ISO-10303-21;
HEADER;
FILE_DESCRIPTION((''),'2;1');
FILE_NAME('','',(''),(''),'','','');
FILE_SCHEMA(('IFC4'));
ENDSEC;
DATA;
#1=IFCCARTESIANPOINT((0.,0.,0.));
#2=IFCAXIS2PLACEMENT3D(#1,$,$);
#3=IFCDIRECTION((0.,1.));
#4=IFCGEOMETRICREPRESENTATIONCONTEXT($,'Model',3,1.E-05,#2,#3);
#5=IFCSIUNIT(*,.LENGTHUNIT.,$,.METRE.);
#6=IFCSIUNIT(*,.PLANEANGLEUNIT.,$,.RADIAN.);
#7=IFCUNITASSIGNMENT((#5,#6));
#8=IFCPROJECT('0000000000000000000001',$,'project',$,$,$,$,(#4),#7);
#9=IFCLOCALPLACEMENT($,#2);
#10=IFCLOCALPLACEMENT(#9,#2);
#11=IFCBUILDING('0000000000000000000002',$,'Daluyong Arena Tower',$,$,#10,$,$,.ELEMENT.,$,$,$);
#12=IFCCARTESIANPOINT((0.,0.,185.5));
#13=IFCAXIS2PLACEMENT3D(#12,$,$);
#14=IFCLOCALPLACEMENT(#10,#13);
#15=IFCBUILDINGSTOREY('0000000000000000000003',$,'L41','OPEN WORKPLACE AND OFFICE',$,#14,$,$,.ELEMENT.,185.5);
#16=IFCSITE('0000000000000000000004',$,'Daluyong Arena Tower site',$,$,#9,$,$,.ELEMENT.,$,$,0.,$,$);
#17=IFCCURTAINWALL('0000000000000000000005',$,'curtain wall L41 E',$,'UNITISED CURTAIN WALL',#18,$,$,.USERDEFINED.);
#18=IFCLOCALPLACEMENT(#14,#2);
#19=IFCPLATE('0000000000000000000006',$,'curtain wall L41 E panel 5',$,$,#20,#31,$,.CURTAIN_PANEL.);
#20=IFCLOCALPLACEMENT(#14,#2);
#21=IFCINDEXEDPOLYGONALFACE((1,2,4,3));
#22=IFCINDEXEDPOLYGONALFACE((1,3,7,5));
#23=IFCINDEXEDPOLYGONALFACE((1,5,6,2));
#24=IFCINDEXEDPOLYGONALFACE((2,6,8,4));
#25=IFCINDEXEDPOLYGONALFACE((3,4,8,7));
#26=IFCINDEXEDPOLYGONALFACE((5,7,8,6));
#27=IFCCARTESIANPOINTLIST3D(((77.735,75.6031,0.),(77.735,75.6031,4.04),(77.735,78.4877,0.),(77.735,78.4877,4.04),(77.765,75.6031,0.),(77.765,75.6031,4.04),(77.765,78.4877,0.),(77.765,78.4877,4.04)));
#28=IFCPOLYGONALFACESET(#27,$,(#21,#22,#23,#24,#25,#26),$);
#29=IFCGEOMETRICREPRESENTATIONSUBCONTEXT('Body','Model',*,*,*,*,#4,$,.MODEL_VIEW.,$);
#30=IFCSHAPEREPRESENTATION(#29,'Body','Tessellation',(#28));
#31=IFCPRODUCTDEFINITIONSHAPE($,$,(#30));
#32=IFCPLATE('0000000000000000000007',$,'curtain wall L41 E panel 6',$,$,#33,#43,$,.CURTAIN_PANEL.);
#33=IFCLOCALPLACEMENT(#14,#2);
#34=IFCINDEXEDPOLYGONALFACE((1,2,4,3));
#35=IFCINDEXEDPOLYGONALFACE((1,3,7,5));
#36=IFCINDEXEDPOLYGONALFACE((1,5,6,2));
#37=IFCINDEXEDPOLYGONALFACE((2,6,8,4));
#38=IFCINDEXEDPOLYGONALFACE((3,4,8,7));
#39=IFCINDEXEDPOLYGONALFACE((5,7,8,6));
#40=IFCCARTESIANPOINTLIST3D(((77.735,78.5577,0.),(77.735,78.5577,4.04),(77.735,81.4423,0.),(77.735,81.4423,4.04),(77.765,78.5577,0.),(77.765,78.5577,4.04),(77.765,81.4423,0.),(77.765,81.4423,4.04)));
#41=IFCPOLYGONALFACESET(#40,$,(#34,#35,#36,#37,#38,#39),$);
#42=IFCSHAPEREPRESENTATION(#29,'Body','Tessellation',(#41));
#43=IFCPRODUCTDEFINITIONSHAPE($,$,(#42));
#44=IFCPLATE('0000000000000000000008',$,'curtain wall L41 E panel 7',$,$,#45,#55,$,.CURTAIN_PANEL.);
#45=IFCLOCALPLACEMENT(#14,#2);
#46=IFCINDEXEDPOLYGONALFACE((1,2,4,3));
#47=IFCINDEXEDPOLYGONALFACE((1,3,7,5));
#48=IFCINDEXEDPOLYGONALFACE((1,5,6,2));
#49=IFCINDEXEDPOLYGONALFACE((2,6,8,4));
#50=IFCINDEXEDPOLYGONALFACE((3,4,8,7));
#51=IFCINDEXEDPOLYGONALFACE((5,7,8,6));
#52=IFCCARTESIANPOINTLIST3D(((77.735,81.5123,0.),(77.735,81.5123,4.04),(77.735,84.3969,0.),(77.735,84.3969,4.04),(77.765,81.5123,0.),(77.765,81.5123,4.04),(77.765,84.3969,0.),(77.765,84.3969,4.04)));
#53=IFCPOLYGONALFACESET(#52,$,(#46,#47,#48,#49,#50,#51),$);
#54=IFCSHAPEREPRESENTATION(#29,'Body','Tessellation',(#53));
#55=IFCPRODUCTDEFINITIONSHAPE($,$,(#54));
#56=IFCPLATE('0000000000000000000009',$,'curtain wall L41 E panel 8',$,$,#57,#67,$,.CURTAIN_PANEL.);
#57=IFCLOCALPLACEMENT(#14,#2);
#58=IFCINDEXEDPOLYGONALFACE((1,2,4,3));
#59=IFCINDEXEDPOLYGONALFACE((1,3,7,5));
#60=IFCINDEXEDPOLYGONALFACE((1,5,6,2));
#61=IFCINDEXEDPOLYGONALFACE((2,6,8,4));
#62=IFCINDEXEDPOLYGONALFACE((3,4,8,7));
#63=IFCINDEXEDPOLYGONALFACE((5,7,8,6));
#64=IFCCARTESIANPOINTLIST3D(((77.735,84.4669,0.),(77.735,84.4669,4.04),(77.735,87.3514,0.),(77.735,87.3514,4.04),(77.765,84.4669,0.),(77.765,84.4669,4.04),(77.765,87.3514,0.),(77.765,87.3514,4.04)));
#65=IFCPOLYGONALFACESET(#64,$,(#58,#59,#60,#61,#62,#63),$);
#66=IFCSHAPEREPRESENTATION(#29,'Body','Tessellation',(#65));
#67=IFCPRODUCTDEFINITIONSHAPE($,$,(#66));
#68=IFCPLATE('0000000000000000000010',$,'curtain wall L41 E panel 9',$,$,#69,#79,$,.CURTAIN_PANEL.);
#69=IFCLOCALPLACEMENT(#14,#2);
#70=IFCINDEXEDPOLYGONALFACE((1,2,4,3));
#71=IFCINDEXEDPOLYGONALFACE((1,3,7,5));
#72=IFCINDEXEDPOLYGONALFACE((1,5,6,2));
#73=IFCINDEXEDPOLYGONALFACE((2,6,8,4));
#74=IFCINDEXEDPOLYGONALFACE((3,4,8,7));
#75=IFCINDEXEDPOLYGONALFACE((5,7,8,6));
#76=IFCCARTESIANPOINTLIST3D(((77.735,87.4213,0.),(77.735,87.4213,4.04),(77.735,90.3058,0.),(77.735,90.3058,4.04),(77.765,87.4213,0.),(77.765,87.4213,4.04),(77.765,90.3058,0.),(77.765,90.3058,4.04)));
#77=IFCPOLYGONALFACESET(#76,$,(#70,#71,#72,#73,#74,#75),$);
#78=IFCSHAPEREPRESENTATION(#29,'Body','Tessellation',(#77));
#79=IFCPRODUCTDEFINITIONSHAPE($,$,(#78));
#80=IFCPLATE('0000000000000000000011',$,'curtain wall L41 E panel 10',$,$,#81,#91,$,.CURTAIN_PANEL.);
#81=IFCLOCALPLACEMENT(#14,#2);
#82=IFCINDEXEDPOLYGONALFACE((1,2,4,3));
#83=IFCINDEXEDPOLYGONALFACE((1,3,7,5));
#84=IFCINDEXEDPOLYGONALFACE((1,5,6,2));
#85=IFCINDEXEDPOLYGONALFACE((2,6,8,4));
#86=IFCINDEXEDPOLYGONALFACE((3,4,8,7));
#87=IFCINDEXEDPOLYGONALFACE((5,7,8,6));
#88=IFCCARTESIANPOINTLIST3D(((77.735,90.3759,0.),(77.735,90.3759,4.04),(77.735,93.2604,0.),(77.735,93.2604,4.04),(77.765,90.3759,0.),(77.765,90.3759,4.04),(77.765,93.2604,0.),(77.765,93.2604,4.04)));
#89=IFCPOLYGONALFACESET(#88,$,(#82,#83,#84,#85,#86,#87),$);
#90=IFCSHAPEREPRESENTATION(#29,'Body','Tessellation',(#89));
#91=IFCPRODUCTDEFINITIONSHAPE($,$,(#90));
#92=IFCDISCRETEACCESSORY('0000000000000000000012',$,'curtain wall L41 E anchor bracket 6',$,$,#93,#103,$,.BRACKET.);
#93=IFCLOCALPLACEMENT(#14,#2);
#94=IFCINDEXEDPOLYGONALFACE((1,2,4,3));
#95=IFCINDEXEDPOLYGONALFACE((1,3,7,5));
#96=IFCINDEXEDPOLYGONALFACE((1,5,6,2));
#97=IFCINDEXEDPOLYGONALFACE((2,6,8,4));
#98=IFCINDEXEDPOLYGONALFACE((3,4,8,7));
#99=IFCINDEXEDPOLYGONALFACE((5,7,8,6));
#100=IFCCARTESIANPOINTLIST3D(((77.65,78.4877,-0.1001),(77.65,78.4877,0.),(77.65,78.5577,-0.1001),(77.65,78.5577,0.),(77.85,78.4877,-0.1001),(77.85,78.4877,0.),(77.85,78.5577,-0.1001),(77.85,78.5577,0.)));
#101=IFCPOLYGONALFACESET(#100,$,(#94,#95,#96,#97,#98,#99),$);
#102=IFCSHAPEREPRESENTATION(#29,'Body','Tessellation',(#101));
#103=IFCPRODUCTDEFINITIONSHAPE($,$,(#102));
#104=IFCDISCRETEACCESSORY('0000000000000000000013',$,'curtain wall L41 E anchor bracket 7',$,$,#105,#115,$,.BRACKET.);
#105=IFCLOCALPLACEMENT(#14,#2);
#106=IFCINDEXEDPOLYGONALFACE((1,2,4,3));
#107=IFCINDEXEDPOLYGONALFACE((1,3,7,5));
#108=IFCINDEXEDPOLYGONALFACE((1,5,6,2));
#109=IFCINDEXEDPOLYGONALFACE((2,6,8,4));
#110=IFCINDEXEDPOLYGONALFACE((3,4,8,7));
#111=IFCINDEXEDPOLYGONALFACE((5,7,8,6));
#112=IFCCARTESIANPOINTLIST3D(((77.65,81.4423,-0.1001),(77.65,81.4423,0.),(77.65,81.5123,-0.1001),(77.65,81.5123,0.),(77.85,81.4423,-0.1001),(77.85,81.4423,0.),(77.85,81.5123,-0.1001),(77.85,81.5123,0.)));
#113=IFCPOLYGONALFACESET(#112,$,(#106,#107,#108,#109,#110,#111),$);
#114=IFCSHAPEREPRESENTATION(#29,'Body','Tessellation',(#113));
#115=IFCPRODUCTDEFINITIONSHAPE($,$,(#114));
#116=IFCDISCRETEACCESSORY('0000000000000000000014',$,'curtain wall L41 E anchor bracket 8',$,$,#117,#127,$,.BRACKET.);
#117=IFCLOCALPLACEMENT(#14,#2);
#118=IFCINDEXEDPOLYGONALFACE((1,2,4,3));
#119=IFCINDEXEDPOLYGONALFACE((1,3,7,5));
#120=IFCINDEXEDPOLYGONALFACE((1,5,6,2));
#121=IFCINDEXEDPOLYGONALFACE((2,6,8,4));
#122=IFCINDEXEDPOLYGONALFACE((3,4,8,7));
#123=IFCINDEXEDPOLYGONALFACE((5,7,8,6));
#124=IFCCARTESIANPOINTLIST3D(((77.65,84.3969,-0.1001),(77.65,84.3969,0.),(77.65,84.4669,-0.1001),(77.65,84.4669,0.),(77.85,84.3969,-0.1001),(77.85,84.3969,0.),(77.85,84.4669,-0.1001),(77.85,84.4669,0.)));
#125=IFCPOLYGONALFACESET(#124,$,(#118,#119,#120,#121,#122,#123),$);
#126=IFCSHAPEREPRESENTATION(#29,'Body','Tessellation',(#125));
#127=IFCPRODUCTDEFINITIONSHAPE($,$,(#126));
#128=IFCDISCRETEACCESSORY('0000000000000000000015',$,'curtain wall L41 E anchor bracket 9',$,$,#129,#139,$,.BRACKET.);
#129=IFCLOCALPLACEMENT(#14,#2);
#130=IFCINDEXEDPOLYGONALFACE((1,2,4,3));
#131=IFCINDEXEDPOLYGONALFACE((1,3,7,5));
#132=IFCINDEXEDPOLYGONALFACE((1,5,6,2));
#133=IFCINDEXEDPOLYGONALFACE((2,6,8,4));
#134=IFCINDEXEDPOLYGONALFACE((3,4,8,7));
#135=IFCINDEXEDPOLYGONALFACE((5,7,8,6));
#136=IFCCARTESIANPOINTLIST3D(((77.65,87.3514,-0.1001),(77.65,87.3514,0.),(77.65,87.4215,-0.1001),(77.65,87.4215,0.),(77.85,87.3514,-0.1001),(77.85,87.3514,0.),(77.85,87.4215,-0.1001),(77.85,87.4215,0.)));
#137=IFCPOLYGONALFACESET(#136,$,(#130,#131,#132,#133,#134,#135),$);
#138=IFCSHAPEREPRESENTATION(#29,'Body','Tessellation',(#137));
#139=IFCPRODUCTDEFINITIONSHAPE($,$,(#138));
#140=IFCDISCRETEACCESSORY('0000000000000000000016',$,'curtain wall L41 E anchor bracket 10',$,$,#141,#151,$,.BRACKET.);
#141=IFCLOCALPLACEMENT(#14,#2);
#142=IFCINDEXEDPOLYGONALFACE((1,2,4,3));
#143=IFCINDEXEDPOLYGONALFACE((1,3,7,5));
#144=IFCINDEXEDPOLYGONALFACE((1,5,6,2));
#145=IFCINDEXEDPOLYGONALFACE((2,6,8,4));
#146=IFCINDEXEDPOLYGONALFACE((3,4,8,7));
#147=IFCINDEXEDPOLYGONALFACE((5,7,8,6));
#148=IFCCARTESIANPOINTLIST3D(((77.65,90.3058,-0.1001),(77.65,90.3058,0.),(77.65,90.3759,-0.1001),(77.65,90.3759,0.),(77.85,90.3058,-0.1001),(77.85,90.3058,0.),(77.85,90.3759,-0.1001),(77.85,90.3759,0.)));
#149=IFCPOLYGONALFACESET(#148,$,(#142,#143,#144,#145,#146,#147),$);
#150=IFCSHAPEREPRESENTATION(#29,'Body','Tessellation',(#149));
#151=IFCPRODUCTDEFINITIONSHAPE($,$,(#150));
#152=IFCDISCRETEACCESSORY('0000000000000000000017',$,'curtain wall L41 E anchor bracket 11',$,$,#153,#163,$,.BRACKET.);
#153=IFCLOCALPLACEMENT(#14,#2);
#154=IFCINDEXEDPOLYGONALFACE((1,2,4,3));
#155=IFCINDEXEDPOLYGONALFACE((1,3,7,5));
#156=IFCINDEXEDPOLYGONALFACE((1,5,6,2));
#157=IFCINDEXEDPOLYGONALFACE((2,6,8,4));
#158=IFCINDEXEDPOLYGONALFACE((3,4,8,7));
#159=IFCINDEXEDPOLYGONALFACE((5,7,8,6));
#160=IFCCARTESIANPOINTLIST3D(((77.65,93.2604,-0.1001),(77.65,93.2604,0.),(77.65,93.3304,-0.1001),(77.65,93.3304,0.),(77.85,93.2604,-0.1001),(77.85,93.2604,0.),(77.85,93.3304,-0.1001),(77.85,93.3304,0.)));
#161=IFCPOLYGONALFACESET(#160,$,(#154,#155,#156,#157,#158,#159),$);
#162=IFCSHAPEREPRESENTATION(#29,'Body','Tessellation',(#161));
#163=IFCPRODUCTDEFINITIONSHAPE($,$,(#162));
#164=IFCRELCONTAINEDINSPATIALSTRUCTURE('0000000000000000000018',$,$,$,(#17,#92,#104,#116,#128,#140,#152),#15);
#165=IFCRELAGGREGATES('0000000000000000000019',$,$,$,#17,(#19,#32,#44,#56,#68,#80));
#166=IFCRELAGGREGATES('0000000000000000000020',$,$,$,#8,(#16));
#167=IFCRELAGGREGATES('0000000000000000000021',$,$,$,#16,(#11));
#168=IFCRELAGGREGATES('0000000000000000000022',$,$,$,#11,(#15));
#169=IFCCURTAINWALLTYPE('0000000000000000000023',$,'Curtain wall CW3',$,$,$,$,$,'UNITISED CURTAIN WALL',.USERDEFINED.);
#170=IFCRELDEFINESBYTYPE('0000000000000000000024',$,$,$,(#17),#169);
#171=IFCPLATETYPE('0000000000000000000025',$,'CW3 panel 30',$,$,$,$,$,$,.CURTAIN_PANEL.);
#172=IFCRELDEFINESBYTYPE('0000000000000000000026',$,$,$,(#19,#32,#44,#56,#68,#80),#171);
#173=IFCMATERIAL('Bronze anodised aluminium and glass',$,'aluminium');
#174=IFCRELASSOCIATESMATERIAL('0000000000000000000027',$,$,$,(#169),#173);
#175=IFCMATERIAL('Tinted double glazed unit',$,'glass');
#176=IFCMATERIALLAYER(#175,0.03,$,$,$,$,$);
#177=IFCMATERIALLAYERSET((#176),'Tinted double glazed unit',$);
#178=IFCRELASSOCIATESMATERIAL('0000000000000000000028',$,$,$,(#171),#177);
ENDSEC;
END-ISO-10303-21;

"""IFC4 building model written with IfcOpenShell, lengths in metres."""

from ifc_helpers import new_model, si_unit, direction, frame, origin, origin_2d, place, context, subcontext, project, spatial, rectangle, extrude, material, layer, layer_set, type_object, element, aggregate, save


model = new_model("IFC4")

# Units and contexts
model_context = context("Model", 3, precision=1e-05, world=origin(), true_north=direction((0.0, 1.0)))
body_context = subcontext(model_context, "Body", "Model", "MODEL_VIEW")
ifc_project = project(units=[si_unit("LENGTHUNIT", "METRE"), si_unit("PLANEANGLEUNIT", "RADIAN")], contexts=[model_context])

# Site, building, storey
site_placement = place(None, origin())
site = spatial("IfcSite", under=ifc_project, at=site_placement, Name="Daluyong Arena Tower site", CompositionType="ELEMENT", RefElevation=0.0)
building_placement = place(site_placement, origin())
building = spatial("IfcBuilding", under=site, at=building_placement, Name="Daluyong Arena Tower", CompositionType="ELEMENT")
storey_placement = place(building_placement, frame((0.0, 0.0, 185.5)))
storey = spatial("IfcBuildingStorey", under=building, at=storey_placement, Name="L41", Description="OPEN WORKPLACE AND OFFICE", CompositionType="ELEMENT", Elevation=185.5)

# Curtain wall
ifc_material_1 = material(Name="Bronze anodised aluminium and glass", Category="aluminium")
curtain_wall_type = type_object("IfcCurtainWallType", Name="Curtain wall CW3", ElementType="UNITISED CURTAIN WALL", PredefinedType="USERDEFINED", material=ifc_material_1)
curtain_wall_placement = place(storey_placement, origin())
curtain_wall = element("IfcCurtainWall", 1, at=curtain_wall_placement, inside=storey, type_object=curtain_wall_type, Name="curtain wall L41 E", ObjectType="UNITISED CURTAIN WALL", PredefinedType="USERDEFINED")

# Plates
ifc_material_2 = material(Name="Tinted double glazed unit", Category="glass")
ifc_layer = layer(ifc_material_2, 0.03)
ifc_layer_set = layer_set([ifc_layer], Name="Tinted double glazed unit")
plate_type = type_object("IfcPlateType", Name="CW3 panel 30", PredefinedType="CURTAIN_PANEL", material=ifc_layer_set)
plate_1_placement = place(storey_placement, frame((77.75, 77.0454, 0.0), z_axis=(0.0, 0.0, 1.0), x_axis=(0.0, 1.0, 0.0)))
plate_1 = element("IfcPlate", 2, at=plate_1_placement, type_object=plate_type, Name="curtain wall L41 E panel 5", PredefinedType="CURTAIN_PANEL", context=body_context, shape_type="SweptSolid", body=[
    extrude(rectangle(XDim=2.8845, YDim=0.03, at=origin_2d()), origin(), (0.0, 0.0, 1.0), 4.04),
])
plate_2_placement = place(storey_placement, frame((77.75, 80.0, 0.0), z_axis=(0.0, 0.0, 1.0), x_axis=(0.0, 1.0, 0.0)))
plate_2 = element("IfcPlate", 3, at=plate_2_placement, type_object=plate_type, Name="curtain wall L41 E panel 6", PredefinedType="CURTAIN_PANEL", context=body_context, shape_type="SweptSolid", body=[
    extrude(rectangle(XDim=2.8845, YDim=0.03, at=origin_2d()), origin(), (0.0, 0.0, 1.0), 4.04),
])
plate_3_placement = place(storey_placement, frame((77.75, 82.9546, 0.0), z_axis=(0.0, 0.0, 1.0), x_axis=(0.0, 1.0, 0.0)))
plate_3 = element("IfcPlate", 4, at=plate_3_placement, type_object=plate_type, Name="curtain wall L41 E panel 7", PredefinedType="CURTAIN_PANEL", context=body_context, shape_type="SweptSolid", body=[
    extrude(rectangle(XDim=2.8845, YDim=0.03, at=origin_2d()), origin(), (0.0, 0.0, 1.0), 4.04),
])
plate_4_placement = place(storey_placement, frame((77.75, 85.9092, 0.0), z_axis=(0.0, 0.0, 1.0), x_axis=(0.0, 1.0, 0.0)))
plate_4 = element("IfcPlate", 5, at=plate_4_placement, type_object=plate_type, Name="curtain wall L41 E panel 8", PredefinedType="CURTAIN_PANEL", context=body_context, shape_type="SweptSolid", body=[
    extrude(rectangle(XDim=2.8845, YDim=0.03, at=origin_2d()), origin(), (0.0, 0.0, 1.0), 4.04),
])
plate_5_placement = place(storey_placement, frame((77.75, 88.8635, 0.0), z_axis=(0.0, 0.0, 1.0), x_axis=(0.0, 1.0, 0.0)))
plate_5 = element("IfcPlate", 6, at=plate_5_placement, type_object=plate_type, Name="curtain wall L41 E panel 9", PredefinedType="CURTAIN_PANEL", context=body_context, shape_type="SweptSolid", body=[
    extrude(rectangle(XDim=2.8845, YDim=0.03, at=origin_2d()), origin(), (0.0, 0.0, 1.0), 4.04),
])
plate_6_placement = place(storey_placement, frame((77.75, 91.8181, 0.0), z_axis=(0.0, 0.0, 1.0), x_axis=(0.0, 1.0, 0.0)))
plate_6 = element("IfcPlate", 7, at=plate_6_placement, type_object=plate_type, Name="curtain wall L41 E panel 10", PredefinedType="CURTAIN_PANEL", context=body_context, shape_type="SweptSolid", body=[
    extrude(rectangle(XDim=2.8845, YDim=0.03, at=origin_2d()), origin(), (0.0, 0.0, 1.0), 4.04),
])
aggregate(curtain_wall, [plate_1, plate_2, plate_3, plate_4, plate_5, plate_6])

# Discrete accessories
for number, where, z_axis, x_axis, name in (
    (8, (77.75, 78.5227, -0.1001), (0.0, 0.0, 1.0), (0.0, 1.0, 0.0), "curtain wall L41 E anchor bracket 6"),
    (9, (77.75, 81.4773, -0.1001), (0.0, 0.0, 1.0), (0.0, 1.0, 0.0), "curtain wall L41 E anchor bracket 7"),
    (10, (77.75, 84.4319, -0.1001), (0.0, 0.0, 1.0), (0.0, 1.0, 0.0), "curtain wall L41 E anchor bracket 8"),
    (11, (77.75, 87.3865, -0.1001), (0.0, 0.0, 1.0), (0.0, 1.0, 0.0), "curtain wall L41 E anchor bracket 9"),
    (12, (77.75, 90.3408, -0.1001), (0.0, 0.0, 1.0), (0.0, 1.0, 0.0), "curtain wall L41 E anchor bracket 10"),
    (13, (77.75, 93.2954, -0.1001), (0.0, 0.0, 1.0), (0.0, 1.0, 0.0), "curtain wall L41 E anchor bracket 11"),
):
    element("IfcDiscreteAccessory", number, at=place(storey_placement, frame(where, z_axis=z_axis, x_axis=x_axis)), inside=storey, Name=name, PredefinedType="BRACKET", context=body_context, shape_type="SweptSolid", body=[
        extrude(rectangle(XDim=0.0701, YDim=0.2, at=origin_2d()), origin(), (0.0, 0.0, 1.0), 0.1001),
    ])

save(model, "model.ifc")
